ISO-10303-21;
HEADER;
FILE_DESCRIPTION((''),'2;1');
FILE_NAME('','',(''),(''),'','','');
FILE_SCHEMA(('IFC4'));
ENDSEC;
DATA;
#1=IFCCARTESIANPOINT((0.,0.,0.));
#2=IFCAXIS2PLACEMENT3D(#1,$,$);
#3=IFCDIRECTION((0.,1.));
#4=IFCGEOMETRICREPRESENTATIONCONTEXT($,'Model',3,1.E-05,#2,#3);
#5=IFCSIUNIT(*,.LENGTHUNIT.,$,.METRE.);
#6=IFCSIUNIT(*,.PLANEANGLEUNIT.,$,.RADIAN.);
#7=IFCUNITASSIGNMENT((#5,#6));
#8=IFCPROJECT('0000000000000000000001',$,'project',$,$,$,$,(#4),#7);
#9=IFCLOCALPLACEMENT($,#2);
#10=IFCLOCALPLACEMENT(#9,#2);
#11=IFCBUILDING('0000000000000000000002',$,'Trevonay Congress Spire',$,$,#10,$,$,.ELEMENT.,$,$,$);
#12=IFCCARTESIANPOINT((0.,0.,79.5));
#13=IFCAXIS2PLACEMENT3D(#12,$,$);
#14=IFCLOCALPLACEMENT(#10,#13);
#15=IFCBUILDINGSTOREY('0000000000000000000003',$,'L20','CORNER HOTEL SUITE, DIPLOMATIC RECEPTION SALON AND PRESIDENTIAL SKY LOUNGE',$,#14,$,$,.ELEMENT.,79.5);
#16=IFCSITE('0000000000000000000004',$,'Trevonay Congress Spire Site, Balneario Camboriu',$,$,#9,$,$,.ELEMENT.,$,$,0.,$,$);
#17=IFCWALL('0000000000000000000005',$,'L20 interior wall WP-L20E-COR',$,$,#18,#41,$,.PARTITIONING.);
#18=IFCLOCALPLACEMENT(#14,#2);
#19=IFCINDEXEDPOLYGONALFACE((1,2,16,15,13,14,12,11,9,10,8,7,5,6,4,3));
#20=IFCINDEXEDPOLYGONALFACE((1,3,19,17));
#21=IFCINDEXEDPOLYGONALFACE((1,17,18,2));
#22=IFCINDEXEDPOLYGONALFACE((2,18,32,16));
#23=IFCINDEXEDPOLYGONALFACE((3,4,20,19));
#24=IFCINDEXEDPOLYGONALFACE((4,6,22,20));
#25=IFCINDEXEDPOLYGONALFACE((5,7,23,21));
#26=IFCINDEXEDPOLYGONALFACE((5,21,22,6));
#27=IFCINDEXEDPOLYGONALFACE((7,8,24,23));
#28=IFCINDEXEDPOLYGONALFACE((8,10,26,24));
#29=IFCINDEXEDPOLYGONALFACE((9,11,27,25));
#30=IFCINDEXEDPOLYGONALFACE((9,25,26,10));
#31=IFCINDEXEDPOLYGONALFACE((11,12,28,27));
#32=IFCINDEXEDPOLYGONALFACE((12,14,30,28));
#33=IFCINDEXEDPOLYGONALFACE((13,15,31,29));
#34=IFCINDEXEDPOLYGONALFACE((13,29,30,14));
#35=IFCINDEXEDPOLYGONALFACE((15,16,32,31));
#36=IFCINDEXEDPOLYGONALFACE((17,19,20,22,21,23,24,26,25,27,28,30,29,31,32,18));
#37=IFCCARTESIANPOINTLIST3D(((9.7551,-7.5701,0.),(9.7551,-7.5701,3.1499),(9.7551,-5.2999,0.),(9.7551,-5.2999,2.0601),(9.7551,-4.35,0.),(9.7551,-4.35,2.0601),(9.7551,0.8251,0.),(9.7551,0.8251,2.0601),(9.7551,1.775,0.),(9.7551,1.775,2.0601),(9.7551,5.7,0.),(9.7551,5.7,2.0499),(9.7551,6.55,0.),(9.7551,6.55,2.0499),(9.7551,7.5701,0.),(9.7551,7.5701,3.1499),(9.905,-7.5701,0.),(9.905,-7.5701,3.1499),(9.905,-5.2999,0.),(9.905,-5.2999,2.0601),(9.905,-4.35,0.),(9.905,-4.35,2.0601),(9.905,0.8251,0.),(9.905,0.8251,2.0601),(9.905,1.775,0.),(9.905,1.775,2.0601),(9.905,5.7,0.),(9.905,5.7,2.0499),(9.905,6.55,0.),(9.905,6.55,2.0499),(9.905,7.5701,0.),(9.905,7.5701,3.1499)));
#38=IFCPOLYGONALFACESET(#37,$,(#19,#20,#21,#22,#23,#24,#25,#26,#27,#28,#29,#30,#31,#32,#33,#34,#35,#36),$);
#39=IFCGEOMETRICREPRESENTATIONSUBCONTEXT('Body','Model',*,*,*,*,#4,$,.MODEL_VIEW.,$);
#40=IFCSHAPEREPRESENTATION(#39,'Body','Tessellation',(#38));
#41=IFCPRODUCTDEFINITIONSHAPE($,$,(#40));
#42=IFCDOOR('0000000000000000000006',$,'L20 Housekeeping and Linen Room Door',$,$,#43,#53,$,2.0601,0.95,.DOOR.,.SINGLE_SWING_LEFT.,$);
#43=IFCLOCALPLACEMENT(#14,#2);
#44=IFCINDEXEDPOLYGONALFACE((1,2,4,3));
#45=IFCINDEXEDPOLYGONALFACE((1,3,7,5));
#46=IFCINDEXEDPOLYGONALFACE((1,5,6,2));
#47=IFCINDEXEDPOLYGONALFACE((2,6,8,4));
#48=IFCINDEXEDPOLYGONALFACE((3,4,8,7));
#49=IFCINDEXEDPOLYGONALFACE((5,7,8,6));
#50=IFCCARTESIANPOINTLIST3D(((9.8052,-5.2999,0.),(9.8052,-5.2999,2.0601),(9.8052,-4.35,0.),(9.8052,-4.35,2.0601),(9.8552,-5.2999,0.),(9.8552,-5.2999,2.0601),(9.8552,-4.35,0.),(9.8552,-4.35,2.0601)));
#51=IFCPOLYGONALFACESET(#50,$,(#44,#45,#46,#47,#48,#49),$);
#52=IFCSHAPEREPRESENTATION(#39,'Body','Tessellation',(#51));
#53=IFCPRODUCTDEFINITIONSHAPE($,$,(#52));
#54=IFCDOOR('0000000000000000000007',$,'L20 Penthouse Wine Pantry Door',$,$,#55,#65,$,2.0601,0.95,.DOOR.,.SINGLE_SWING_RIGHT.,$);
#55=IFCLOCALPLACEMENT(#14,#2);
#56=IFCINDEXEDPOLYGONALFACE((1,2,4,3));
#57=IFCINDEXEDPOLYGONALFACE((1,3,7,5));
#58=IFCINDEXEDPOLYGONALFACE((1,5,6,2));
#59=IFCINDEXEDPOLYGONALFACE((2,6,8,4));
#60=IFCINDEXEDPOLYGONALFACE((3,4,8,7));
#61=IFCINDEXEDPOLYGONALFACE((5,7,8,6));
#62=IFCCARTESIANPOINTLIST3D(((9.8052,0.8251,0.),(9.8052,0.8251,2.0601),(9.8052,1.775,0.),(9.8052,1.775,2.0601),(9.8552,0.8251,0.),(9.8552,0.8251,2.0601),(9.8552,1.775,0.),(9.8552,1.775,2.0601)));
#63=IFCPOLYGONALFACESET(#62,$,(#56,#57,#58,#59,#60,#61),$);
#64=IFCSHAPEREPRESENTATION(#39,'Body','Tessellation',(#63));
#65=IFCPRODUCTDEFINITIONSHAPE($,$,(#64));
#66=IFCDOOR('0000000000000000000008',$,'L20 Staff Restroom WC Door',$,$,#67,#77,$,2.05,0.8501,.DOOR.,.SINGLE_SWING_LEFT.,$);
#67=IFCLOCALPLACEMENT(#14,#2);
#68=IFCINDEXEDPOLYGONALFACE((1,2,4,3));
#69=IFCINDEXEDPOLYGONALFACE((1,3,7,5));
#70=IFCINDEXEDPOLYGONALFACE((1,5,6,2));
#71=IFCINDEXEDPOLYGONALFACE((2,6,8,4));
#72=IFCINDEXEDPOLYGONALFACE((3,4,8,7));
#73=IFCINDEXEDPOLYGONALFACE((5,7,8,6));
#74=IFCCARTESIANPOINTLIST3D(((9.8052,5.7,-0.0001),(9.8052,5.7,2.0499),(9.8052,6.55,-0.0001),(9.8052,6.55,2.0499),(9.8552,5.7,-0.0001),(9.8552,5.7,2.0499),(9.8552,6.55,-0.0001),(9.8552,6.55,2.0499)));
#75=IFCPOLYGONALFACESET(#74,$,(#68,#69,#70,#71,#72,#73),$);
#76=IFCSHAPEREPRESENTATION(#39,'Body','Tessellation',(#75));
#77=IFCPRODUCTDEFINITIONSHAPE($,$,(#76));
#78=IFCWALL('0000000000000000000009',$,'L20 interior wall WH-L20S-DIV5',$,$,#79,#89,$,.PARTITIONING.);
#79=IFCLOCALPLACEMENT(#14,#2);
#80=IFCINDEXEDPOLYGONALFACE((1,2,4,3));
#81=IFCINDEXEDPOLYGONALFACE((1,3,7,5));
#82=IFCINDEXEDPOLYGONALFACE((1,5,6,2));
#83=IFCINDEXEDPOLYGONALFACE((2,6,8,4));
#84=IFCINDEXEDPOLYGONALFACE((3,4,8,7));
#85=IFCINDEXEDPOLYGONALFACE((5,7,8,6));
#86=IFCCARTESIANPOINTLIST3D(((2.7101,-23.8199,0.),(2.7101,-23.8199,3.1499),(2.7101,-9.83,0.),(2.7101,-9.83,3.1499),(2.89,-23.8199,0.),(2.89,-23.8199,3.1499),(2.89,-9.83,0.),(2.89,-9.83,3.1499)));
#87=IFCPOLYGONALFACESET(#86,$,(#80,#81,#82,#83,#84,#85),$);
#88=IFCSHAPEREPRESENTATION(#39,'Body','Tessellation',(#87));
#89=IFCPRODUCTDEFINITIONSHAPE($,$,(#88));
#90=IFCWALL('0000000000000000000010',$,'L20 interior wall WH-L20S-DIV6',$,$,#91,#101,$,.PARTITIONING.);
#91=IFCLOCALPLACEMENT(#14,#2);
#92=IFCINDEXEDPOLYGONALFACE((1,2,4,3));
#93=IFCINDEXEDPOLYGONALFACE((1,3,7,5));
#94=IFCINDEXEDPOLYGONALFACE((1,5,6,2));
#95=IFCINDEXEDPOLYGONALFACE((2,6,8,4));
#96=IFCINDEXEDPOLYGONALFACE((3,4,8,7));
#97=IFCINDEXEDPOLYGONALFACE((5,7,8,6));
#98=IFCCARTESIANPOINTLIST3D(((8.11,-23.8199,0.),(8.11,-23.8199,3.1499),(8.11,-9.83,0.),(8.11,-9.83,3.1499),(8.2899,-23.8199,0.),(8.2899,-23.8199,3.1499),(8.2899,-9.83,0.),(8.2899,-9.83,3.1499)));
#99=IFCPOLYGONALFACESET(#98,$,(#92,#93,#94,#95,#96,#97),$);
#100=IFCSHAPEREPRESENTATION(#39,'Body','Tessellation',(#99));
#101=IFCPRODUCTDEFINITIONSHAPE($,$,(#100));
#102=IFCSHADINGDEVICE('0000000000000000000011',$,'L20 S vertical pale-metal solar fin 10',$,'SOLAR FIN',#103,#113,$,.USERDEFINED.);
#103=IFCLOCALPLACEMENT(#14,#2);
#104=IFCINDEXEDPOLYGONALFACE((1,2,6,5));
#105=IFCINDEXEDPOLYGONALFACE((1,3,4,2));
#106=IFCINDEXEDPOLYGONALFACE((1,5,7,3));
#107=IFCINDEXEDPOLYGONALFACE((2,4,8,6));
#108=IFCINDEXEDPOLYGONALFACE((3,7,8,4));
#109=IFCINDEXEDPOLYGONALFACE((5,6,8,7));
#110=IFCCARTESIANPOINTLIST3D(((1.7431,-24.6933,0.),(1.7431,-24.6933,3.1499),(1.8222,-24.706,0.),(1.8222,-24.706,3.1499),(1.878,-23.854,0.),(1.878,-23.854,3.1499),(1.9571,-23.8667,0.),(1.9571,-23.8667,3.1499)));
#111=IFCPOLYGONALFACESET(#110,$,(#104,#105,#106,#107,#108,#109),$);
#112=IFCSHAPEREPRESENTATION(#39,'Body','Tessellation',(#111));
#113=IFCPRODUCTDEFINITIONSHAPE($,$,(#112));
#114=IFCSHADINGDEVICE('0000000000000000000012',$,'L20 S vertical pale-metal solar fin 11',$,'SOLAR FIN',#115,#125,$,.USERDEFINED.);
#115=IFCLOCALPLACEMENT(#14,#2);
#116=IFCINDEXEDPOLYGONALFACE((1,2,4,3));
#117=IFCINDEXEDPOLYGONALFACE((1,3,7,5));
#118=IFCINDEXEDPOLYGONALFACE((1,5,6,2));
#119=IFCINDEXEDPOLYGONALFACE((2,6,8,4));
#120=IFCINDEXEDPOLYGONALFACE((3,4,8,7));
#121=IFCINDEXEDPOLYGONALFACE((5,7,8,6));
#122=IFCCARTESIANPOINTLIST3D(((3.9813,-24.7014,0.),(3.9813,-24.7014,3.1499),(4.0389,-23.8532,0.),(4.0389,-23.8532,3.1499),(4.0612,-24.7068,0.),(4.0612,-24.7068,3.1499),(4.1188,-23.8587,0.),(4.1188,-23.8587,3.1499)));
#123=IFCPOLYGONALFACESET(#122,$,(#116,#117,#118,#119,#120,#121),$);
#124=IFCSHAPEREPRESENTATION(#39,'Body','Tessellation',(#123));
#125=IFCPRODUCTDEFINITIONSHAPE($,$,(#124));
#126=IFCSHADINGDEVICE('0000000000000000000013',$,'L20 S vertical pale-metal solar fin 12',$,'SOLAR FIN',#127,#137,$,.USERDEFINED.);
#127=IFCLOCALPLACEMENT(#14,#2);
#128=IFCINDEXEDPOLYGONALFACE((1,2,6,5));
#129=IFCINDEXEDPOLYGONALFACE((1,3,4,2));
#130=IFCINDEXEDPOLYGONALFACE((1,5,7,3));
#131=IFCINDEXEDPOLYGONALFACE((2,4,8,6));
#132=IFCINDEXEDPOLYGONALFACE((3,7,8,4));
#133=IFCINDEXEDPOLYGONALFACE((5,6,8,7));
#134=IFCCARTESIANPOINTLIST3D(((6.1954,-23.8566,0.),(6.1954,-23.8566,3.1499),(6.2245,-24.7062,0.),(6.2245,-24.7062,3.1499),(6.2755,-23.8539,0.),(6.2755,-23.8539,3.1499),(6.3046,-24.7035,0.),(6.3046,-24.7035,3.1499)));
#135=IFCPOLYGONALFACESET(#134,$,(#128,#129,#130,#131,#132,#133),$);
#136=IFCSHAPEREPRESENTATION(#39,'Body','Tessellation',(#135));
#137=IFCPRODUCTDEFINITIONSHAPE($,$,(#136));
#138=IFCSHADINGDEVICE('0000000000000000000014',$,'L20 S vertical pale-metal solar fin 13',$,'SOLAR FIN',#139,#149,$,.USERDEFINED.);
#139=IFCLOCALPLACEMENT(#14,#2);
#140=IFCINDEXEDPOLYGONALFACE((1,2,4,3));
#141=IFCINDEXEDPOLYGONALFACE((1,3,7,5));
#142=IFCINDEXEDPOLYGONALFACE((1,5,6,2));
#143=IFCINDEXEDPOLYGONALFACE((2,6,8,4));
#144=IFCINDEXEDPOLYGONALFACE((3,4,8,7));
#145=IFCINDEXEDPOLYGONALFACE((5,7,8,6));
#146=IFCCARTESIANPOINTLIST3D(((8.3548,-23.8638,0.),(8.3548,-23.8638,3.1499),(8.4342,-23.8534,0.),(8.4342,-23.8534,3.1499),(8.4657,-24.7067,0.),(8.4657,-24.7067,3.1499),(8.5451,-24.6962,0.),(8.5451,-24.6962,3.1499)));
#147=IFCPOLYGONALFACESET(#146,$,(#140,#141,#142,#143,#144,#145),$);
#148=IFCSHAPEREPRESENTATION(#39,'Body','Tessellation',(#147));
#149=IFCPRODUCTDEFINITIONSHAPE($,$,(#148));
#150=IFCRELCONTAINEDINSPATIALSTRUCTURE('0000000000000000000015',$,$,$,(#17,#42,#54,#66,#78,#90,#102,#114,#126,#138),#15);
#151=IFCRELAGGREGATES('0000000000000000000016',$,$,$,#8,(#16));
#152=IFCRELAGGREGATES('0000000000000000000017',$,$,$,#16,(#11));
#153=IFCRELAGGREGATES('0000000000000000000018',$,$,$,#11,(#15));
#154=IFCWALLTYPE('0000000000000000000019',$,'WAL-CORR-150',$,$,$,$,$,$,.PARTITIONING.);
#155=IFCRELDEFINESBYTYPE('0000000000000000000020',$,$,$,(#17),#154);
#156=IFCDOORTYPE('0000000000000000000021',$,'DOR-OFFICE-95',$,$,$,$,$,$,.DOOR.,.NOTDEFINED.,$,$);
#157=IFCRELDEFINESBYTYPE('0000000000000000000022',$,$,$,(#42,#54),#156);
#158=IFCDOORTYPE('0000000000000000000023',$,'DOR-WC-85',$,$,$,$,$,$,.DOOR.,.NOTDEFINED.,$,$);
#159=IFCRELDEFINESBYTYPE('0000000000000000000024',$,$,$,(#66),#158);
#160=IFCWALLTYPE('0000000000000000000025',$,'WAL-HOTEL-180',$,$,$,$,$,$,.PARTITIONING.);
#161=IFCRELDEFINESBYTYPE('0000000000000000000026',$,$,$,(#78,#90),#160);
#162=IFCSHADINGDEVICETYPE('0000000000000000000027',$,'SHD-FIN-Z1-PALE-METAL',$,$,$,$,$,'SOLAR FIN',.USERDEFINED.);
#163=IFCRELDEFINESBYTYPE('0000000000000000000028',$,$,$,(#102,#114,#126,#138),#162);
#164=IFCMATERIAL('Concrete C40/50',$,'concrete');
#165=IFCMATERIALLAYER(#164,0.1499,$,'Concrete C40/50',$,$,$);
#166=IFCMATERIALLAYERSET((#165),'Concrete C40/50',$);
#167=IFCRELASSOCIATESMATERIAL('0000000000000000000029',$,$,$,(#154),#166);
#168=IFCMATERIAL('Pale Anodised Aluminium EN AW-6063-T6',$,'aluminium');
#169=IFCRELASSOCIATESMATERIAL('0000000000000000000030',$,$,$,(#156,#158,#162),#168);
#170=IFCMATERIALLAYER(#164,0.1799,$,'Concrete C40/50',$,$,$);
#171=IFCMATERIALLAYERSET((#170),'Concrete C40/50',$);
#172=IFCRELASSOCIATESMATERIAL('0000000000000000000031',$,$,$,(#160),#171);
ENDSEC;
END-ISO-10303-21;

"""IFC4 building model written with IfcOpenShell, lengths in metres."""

from ifc_helpers import new_model, si_unit, direction, frame, frame_2d, origin, origin_2d, place, context, subcontext, project, spatial, rectangle, extrude, material, layer, layer_set, type_object, element, fill, save


model = new_model("IFC4")

# Units and contexts
model_context = context("Model", 3, precision=1e-05, world=origin(), true_north=direction((0.0, 1.0)))
body_context = subcontext(model_context, "Body", "Model", "MODEL_VIEW")
ifc_project = project(units=[si_unit("LENGTHUNIT", "METRE"), si_unit("PLANEANGLEUNIT", "RADIAN")], contexts=[model_context])

# Site, building, storey
site_placement = place(None, origin())
site = spatial("IfcSite", under=ifc_project, at=site_placement, Name="Trevonay Congress Spire Site, Balneario Camboriu", CompositionType="ELEMENT", RefElevation=0.0)
building_placement = place(site_placement, origin())
building = spatial("IfcBuilding", under=site, at=building_placement, Name="Trevonay Congress Spire", CompositionType="ELEMENT")
storey_placement = place(building_placement, frame((0.0, 0.0, 79.5)))
storey = spatial("IfcBuildingStorey", under=building, at=storey_placement, Name="L20", Description="CORNER HOTEL SUITE, DIPLOMATIC RECEPTION SALON AND PRESIDENTIAL SKY LOUNGE", CompositionType="ELEMENT", Elevation=79.5)

# Shared definitions
ifc_material_1 = material(Name="Pale Anodised Aluminium EN AW-6063-T6", Category="aluminium")

# Shared definitions
ifc_material_2 = material(Name="Concrete C40/50", Category="concrete")

# Wall, openings, doors
ifc_layer_1 = layer(ifc_material_2, 0.1499, Name="Concrete C40/50")
ifc_layer_set_1 = layer_set([ifc_layer_1], Name="Concrete C40/50")
wall_type_1 = type_object("IfcWallType", Name="WAL-CORR-150", PredefinedType="PARTITIONING", material=ifc_layer_set_1)
wall_1_placement = place(storey_placement, frame((9.8301, -7.5701, 0.0), z_axis=(0.0, 0.0, 1.0), x_axis=(0.0, 1.0, 0.0)))
wall_1 = element("IfcWall", 1, at=wall_1_placement, inside=storey, type_object=wall_type_1, Name="L20 interior wall WP-L20E-COR", PredefinedType="PARTITIONING", context=body_context, shape_type="SweptSolid", body=[
    extrude(rectangle(XDim=15.1401, YDim=0.1499, at=frame_2d((7.5701, 0.0))), origin(), (0.0, 0.0, 1.0), 3.1499),
])
opening_1_placement = place(wall_1_placement, frame((2.27, 0.0, 0.0)))
opening_1 = element("IfcOpeningElement", 2, at=opening_1_placement, cuts=wall_1, PredefinedType="OPENING", context=body_context, shape_type="SweptSolid", body=[
    extrude(rectangle(XDim=0.95, YDim=2.0601, at=frame_2d((0.4751, 1.03))), frame((0.0, 0.085, 0.0), z_axis=(0.0, -1.0, 0.0), x_axis=(1.0, 0.0, 0.0)), (0.0, 0.0, 1.0), 0.1699),
])
opening_2_placement = place(wall_1_placement, frame((8.395, 0.0, 0.0)))
opening_2 = element("IfcOpeningElement", 3, at=opening_2_placement, cuts=wall_1, PredefinedType="OPENING", context=body_context, shape_type="SweptSolid", body=[
    extrude(rectangle(XDim=0.95, YDim=2.0601, at=frame_2d((0.4751, 1.03))), frame((0.0, 0.085, 0.0), z_axis=(0.0, -1.0, 0.0), x_axis=(1.0, 0.0, 0.0)), (0.0, 0.0, 1.0), 0.1699),
])
opening_3_placement = place(wall_1_placement, frame((13.27, 0.0, 0.0)))
opening_3 = element("IfcOpeningElement", 4, at=opening_3_placement, cuts=wall_1, PredefinedType="OPENING", context=body_context, shape_type="SweptSolid", body=[
    extrude(rectangle(XDim=0.8501, YDim=2.05, at=frame_2d((0.425, 1.0249))), frame((0.0, 0.085, 0.0), z_axis=(0.0, -1.0, 0.0), x_axis=(1.0, 0.0, 0.0)), (0.0, 0.0, 1.0), 0.1699),
])
door_type_1 = type_object("IfcDoorType", Name="DOR-OFFICE-95", OperationType="NOTDEFINED", PredefinedType="DOOR", material=ifc_material_1)
door_1_placement = place(opening_1_placement, origin())
door_1 = element("IfcDoor", 5, at=door_1_placement, inside=storey, type_object=door_type_1, Name="L20 Housekeeping and Linen Room Door", OperationType="SINGLE_SWING_LEFT", OverallHeight=2.0601, OverallWidth=0.95, PredefinedType="DOOR", context=body_context, shape_type="SweptSolid", body=[
    extrude(rectangle(XDim=0.95, YDim=2.0601, at=frame_2d((0.4751, 1.03))), frame((0.0, 0.0249, 0.0), z_axis=(0.0, -1.0, 0.0), x_axis=(1.0, 0.0, 0.0)), (0.0, 0.0, 1.0), 0.05),
])
fill(opening_1, door_1)
door_2_placement = place(opening_2_placement, origin())
door_2 = element("IfcDoor", 6, at=door_2_placement, inside=storey, type_object=door_type_1, Name="L20 Penthouse Wine Pantry Door", OperationType="SINGLE_SWING_RIGHT", OverallHeight=2.0601, OverallWidth=0.95, PredefinedType="DOOR", context=body_context, shape_type="SweptSolid", body=[
    extrude(rectangle(XDim=0.95, YDim=2.0601, at=frame_2d((0.4751, 1.03))), frame((0.0, 0.0249, 0.0), z_axis=(0.0, -1.0, 0.0), x_axis=(1.0, 0.0, 0.0)), (0.0, 0.0, 1.0), 0.05),
])
fill(opening_2, door_2)
door_type_2 = type_object("IfcDoorType", Name="DOR-WC-85", OperationType="NOTDEFINED", PredefinedType="DOOR", material=ifc_material_1)
door_3_placement = place(opening_3_placement, origin())
door_3 = element("IfcDoor", 7, at=door_3_placement, inside=storey, type_object=door_type_2, Name="L20 Staff Restroom WC Door", OperationType="SINGLE_SWING_LEFT", OverallHeight=2.05, OverallWidth=0.8501, PredefinedType="DOOR", context=body_context, shape_type="SweptSolid", body=[
    extrude(rectangle(XDim=0.8501, YDim=2.05, at=frame_2d((0.425, 1.0249))), frame((0.0, 0.0249, 0.0), z_axis=(0.0, -1.0, 0.0), x_axis=(1.0, 0.0, 0.0)), (0.0, 0.0, 1.0), 0.05),
])
fill(opening_3, door_3)

# Walls
ifc_layer_2 = layer(ifc_material_2, 0.1799, Name="Concrete C40/50")
ifc_layer_set_2 = layer_set([ifc_layer_2], Name="Concrete C40/50")
wall_type_2 = type_object("IfcWallType", Name="WAL-HOTEL-180", PredefinedType="PARTITIONING", material=ifc_layer_set_2)
for number, where, z_axis, x_axis, name in (
    (8, (2.8, -23.8201, 0.0), (0.0, 0.0, 1.0), (0.0, 1.0, 0.0), "L20 interior wall WH-L20S-DIV5"),
    (9, (8.2, -23.8201, 0.0), (0.0, 0.0, 1.0), (0.0, 1.0, 0.0), "L20 interior wall WH-L20S-DIV6"),
):
    element("IfcWall", number, at=place(storey_placement, frame(where, z_axis=z_axis, x_axis=x_axis)), inside=storey, type_object=wall_type_2, Name=name, PredefinedType="PARTITIONING", context=body_context, shape_type="SweptSolid", body=[
        extrude(rectangle(XDim=13.99, YDim=0.1799, at=frame_2d((6.9951, 0.0))), origin(), (0.0, 0.0, 1.0), 3.1499),
    ])

# Shading devices
shading_device_type = type_object("IfcShadingDeviceType", Name="SHD-FIN-Z1-PALE-METAL", ElementType="SOLAR FIN", PredefinedType="USERDEFINED", material=ifc_material_1)
for number, where, z_axis, x_axis, name in (
    (10, (1.8501, -24.28, 0.0), (0.0, 0.0, 1.0), (0.987331, -0.158675, 0.0), "L20 S vertical pale-metal solar fin 10"),
    (11, (4.05, -24.28, 0.0), (0.0, 0.0, 1.0), (0.997708, -0.067667, 0.0), "L20 S vertical pale-metal solar fin 11"),
    (12, (6.25, -24.28, 0.0), (0.0, 0.0, 1.0), (0.999415, 0.034202, 0.0), "L20 S vertical pale-metal solar fin 12"),
    (13, (8.45, -24.28, 0.0), (0.0, 0.0, 1.0), (0.991445, 0.130526, 0.0), "L20 S vertical pale-metal solar fin 13"),
):
    element("IfcShadingDevice", number, at=place(storey_placement, frame(where, z_axis=z_axis, x_axis=x_axis)), inside=storey, type_object=shading_device_type, Name=name, ObjectType="SOLAR FIN", PredefinedType="USERDEFINED", context=body_context, shape_type="SweptSolid", body=[
        extrude(rectangle(XDim=0.0801, YDim=0.8501, at=origin_2d()), origin(), (0.0, 0.0, 1.0), 3.1499),
    ])

save(model, "model.ifc")
